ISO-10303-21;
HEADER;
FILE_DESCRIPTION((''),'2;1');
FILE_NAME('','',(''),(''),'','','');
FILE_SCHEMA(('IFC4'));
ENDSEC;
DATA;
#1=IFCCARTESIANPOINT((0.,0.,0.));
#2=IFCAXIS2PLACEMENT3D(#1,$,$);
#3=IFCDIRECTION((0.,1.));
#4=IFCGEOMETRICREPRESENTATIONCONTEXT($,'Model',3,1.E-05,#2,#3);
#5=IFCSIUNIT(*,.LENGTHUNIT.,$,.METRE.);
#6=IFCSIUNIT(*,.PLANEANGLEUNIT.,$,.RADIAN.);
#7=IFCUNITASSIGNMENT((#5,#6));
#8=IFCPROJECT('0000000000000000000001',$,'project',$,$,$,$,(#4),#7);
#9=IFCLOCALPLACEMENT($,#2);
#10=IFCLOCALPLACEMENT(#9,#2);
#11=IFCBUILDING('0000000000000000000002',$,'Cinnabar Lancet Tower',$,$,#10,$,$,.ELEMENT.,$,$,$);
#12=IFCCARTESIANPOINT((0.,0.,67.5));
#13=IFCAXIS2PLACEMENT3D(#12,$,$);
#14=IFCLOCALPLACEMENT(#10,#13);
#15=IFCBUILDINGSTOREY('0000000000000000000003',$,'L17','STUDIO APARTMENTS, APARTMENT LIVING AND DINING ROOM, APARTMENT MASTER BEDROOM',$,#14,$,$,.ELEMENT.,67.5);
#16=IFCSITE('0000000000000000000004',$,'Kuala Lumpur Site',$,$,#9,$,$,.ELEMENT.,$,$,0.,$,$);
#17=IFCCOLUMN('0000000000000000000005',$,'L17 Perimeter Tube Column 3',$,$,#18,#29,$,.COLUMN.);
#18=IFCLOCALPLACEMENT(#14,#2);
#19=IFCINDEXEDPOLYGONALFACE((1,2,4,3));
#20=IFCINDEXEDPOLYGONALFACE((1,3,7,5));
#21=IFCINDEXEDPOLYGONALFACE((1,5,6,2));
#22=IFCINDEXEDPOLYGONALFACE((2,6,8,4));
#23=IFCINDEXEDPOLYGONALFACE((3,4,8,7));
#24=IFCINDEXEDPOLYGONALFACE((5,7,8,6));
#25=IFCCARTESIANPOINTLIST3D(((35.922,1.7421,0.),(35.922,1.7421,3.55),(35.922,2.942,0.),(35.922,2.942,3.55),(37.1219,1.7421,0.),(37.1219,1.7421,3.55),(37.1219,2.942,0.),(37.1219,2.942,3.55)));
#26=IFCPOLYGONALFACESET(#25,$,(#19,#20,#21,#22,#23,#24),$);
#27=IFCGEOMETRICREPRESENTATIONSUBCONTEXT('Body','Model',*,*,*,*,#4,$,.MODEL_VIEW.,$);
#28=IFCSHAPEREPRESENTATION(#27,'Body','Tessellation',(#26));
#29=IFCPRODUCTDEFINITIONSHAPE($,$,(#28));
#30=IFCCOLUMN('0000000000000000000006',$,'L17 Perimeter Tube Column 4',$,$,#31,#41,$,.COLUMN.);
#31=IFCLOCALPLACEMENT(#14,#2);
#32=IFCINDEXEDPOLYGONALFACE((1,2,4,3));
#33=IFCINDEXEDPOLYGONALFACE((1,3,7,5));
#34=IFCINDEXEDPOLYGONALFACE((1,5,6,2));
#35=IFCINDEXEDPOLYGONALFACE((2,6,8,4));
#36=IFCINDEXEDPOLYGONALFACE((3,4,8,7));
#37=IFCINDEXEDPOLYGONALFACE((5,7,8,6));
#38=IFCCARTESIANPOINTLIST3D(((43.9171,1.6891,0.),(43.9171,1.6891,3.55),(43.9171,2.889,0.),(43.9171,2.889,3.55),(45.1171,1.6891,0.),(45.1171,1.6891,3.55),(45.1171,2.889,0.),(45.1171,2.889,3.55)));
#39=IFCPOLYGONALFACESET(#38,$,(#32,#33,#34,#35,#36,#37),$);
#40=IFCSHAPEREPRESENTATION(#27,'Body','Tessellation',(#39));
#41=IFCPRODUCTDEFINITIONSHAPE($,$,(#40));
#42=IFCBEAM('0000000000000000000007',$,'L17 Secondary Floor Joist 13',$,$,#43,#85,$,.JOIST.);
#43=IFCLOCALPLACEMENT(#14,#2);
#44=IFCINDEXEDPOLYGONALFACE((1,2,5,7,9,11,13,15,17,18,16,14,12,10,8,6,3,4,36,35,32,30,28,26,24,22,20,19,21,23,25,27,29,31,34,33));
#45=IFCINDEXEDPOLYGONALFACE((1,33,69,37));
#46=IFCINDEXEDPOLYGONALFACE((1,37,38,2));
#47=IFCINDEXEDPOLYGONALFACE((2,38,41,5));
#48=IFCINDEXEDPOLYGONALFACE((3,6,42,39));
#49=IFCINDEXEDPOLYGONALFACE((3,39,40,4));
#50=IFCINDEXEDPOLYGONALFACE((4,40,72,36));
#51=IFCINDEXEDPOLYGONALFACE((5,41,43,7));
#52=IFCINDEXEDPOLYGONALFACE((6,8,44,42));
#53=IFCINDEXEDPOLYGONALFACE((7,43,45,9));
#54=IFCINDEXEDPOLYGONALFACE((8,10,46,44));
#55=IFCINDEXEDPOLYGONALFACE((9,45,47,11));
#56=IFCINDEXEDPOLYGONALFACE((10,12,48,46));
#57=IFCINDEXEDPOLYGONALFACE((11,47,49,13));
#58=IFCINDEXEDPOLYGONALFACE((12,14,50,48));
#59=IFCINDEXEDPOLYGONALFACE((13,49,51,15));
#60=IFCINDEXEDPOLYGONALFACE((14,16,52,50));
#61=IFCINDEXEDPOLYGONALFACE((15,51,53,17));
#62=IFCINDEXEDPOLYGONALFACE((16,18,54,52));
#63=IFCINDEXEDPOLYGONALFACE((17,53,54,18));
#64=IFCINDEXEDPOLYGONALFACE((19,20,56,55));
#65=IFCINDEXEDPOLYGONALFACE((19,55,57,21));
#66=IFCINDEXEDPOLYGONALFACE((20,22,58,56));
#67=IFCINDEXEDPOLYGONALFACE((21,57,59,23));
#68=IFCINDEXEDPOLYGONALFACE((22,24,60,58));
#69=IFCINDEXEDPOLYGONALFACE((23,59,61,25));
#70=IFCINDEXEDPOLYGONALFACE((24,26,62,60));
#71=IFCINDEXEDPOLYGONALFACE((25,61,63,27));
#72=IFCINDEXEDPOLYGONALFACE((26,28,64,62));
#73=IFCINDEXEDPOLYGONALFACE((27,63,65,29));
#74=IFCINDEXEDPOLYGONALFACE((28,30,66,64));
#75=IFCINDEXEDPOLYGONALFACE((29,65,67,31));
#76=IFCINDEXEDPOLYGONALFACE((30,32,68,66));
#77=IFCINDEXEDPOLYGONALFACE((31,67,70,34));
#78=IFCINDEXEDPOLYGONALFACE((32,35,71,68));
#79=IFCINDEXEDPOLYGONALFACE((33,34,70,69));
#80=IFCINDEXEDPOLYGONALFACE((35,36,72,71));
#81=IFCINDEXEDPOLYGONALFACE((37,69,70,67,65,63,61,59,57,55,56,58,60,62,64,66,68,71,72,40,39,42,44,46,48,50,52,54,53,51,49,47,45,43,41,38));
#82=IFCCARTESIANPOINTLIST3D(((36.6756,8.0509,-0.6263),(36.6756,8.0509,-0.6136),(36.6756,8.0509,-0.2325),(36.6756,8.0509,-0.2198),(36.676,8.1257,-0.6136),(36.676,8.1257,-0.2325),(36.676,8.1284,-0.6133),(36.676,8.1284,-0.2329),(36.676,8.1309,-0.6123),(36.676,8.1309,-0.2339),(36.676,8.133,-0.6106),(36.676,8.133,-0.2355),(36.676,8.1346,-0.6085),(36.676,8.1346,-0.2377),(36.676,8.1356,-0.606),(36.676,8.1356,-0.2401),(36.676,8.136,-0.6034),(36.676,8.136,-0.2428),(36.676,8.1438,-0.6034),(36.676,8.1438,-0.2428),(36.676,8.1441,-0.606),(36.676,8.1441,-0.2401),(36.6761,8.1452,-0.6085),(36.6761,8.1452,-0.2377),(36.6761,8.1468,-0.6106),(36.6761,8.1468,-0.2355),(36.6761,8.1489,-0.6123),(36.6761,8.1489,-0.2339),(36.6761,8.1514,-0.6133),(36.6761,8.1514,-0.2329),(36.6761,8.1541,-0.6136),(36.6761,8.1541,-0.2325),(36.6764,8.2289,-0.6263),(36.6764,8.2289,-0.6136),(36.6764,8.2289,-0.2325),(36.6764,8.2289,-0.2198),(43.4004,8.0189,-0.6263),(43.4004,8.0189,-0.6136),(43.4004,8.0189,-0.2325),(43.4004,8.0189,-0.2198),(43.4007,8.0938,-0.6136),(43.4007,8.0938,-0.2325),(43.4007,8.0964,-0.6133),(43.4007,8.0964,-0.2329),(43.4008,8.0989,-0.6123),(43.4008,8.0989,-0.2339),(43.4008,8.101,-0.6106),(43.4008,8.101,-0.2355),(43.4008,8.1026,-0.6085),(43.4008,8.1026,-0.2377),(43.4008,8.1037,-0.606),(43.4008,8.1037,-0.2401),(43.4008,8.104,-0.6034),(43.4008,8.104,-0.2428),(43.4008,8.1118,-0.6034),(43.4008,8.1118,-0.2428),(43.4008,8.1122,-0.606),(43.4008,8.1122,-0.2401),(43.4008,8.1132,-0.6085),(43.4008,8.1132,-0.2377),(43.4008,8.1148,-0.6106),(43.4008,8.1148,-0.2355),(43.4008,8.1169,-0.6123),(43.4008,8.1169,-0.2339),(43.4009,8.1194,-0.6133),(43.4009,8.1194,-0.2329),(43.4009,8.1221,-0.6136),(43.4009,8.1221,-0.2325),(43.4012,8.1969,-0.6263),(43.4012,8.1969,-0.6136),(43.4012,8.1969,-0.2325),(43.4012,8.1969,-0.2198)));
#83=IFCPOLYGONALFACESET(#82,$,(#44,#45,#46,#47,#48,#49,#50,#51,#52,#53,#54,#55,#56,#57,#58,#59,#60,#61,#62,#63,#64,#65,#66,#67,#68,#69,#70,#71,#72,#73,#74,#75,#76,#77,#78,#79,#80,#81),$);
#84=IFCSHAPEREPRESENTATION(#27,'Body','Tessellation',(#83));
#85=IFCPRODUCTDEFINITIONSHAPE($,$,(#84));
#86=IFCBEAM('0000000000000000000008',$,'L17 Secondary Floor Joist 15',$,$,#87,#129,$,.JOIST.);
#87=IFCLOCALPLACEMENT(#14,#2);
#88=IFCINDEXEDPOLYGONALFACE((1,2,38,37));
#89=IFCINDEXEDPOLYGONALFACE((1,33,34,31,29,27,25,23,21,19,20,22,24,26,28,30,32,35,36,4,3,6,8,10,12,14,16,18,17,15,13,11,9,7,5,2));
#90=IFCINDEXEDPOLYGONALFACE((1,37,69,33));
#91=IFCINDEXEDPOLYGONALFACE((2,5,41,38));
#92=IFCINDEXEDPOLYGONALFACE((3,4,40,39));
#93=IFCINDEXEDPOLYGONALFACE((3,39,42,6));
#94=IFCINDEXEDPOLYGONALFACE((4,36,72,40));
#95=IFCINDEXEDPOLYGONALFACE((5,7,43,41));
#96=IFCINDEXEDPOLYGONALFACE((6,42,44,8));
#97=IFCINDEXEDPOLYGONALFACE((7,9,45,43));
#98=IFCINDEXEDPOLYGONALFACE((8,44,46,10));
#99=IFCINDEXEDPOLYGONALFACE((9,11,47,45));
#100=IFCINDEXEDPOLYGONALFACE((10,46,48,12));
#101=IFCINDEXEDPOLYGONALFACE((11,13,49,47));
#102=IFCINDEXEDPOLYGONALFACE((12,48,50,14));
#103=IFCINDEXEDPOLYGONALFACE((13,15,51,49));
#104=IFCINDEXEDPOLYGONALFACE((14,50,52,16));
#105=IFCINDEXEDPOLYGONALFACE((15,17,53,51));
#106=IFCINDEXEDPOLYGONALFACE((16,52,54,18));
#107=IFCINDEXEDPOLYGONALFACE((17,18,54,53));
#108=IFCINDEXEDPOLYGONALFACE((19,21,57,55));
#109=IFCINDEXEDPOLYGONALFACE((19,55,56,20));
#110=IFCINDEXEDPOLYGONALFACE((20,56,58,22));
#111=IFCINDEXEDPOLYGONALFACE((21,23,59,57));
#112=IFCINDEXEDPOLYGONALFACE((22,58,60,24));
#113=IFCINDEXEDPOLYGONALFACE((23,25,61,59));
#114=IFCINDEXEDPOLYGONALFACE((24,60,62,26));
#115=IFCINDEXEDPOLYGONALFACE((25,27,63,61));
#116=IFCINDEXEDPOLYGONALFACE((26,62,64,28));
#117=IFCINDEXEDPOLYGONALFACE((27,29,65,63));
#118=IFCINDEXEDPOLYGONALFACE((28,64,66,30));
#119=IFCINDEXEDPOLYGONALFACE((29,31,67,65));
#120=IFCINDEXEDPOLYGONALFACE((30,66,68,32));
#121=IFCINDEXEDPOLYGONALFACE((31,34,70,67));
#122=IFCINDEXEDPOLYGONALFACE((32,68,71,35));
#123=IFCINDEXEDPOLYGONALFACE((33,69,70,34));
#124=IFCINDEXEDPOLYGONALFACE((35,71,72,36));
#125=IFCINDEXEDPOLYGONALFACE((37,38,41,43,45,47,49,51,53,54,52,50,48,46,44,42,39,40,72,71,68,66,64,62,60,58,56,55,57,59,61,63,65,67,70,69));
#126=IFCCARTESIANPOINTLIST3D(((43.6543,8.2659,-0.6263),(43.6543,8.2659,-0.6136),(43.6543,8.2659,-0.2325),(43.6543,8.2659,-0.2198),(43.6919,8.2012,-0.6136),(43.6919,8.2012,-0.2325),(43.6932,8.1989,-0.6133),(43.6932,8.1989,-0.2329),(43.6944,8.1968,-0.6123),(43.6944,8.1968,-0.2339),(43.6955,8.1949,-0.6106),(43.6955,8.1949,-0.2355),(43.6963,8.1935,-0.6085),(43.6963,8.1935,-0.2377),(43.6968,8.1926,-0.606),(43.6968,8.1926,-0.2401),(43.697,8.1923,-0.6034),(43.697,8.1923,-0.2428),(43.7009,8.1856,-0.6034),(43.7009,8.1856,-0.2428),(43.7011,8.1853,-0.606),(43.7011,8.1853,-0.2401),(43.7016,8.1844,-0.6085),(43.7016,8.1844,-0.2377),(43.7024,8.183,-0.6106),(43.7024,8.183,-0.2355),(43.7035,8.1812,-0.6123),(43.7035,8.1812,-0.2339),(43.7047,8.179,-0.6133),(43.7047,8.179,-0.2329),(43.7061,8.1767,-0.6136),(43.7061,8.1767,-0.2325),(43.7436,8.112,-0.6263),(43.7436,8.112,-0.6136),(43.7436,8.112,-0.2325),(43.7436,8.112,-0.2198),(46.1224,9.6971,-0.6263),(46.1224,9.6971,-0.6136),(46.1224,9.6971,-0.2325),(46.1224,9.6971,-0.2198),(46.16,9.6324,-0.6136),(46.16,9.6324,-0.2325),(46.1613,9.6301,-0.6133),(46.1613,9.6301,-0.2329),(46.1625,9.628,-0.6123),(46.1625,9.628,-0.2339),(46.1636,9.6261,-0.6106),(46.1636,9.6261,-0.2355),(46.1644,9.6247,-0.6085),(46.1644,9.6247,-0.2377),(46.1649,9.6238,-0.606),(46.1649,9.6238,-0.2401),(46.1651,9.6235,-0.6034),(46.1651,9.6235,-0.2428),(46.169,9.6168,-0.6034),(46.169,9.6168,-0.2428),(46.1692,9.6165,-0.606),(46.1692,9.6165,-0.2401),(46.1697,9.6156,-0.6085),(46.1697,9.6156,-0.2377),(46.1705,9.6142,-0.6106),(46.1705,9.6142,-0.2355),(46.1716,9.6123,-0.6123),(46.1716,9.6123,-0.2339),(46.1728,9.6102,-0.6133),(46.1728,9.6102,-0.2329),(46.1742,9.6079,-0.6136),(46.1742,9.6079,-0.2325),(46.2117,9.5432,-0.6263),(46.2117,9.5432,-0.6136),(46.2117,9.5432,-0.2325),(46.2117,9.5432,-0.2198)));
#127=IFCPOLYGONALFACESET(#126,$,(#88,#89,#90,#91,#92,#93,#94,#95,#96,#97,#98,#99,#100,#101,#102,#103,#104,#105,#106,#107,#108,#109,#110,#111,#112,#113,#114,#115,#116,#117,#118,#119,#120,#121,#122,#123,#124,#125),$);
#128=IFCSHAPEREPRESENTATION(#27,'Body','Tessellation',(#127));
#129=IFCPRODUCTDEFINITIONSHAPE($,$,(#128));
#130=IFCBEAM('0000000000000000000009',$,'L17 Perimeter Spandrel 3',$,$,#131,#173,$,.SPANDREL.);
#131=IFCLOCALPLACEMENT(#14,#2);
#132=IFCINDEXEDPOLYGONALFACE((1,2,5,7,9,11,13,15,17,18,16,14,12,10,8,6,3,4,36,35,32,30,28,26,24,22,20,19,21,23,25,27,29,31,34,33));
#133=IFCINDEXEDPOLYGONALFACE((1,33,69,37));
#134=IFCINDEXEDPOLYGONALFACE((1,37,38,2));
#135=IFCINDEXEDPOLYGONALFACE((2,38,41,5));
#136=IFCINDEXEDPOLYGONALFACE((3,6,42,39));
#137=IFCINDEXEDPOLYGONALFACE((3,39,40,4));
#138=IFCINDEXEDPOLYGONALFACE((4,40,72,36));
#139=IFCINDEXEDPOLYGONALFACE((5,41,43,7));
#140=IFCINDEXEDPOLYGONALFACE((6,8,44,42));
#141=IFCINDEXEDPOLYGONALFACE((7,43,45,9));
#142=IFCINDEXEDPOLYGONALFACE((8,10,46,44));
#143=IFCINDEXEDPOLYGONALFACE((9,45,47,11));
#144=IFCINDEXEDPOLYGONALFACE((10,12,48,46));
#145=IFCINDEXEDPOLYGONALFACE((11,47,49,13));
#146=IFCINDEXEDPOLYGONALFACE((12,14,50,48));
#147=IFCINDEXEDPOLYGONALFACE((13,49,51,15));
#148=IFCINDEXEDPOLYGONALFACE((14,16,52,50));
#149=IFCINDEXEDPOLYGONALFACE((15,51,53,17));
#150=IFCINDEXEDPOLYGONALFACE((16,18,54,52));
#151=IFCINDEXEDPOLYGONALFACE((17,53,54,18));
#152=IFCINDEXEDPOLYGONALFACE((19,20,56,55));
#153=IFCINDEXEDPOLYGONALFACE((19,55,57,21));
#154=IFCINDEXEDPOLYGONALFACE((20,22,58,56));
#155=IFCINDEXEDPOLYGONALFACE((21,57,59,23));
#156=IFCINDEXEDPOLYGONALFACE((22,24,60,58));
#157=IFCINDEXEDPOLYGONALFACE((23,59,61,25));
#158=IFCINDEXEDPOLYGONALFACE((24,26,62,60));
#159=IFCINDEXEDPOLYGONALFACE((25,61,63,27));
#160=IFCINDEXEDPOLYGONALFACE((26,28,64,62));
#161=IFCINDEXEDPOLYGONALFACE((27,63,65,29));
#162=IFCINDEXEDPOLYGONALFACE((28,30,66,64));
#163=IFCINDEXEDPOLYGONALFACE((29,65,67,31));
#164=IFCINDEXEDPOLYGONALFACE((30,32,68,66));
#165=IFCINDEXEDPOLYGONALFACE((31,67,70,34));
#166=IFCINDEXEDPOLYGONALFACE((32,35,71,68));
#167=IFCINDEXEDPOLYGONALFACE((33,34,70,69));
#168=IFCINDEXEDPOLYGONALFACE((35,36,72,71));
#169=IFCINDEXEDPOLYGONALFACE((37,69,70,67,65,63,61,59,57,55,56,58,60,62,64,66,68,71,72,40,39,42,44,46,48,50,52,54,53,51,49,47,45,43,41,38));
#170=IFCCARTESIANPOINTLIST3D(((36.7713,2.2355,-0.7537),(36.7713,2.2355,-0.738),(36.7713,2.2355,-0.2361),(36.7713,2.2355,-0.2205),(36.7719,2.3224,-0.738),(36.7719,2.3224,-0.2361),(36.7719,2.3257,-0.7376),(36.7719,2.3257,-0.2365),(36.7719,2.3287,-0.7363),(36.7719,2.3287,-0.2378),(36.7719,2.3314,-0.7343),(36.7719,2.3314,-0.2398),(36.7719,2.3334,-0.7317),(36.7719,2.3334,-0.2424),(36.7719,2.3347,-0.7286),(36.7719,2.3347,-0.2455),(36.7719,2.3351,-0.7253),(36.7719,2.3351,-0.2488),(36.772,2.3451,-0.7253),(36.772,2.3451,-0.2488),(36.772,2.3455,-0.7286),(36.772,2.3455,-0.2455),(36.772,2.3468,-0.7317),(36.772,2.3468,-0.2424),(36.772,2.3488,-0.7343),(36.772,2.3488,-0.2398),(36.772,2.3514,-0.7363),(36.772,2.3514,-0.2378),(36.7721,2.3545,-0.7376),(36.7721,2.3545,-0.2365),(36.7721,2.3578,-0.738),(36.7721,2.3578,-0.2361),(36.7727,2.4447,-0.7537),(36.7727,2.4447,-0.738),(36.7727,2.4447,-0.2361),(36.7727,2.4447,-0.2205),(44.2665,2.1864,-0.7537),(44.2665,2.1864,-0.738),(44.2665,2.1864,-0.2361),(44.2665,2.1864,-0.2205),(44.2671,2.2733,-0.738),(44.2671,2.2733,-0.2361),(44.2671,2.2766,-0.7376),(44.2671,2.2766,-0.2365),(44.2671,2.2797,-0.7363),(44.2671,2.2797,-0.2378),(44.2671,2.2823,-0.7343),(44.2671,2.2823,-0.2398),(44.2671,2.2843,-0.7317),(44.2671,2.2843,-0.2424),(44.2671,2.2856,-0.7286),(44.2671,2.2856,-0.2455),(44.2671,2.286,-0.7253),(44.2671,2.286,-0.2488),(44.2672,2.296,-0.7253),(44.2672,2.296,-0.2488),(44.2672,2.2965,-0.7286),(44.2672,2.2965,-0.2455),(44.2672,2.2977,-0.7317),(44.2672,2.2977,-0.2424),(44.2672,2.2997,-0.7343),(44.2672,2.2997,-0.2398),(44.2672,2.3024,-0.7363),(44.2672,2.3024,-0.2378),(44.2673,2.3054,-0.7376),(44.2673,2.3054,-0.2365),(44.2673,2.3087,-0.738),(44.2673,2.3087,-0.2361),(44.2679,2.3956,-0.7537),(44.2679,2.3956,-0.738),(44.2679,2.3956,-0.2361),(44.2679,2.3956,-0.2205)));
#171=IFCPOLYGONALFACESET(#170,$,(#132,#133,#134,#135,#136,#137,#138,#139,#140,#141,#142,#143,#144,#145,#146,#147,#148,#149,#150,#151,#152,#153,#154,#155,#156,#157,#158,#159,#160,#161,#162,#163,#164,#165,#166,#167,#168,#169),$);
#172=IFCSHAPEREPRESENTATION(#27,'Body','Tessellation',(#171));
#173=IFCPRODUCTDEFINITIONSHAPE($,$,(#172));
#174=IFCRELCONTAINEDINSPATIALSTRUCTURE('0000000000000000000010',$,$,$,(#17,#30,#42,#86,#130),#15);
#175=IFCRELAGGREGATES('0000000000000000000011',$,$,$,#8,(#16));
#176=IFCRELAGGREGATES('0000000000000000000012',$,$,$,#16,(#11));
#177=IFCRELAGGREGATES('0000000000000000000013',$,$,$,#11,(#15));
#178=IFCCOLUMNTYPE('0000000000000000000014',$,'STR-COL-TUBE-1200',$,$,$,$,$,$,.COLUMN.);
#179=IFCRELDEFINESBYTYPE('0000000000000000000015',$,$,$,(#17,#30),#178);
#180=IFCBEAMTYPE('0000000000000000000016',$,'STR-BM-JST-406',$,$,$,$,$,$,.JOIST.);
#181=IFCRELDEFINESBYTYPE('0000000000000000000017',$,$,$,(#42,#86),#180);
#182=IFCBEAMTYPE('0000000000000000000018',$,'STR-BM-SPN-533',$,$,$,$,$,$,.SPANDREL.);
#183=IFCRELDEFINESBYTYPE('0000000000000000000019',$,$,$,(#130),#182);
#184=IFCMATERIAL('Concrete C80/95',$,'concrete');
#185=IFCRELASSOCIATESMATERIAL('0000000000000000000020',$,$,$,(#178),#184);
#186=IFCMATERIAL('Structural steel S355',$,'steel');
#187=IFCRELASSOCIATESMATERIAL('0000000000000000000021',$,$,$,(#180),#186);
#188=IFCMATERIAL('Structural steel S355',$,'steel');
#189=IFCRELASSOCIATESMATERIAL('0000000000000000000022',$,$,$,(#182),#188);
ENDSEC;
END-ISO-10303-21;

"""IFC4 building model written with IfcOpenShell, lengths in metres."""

from ifc_helpers import new_model, si_unit, direction, frame, origin, origin_2d, place, context, subcontext, project, spatial, rectangle, i_section, extrude, material, material_profile, profile_set, type_object, element, save


model = new_model("IFC4")

# Units and contexts
model_context = context("Model", 3, precision=1e-05, world=origin(), true_north=direction((0.0, 1.0)))
body_context = subcontext(model_context, "Body", "Model", "MODEL_VIEW")
ifc_project = project(units=[si_unit("LENGTHUNIT", "METRE"), si_unit("PLANEANGLEUNIT", "RADIAN")], contexts=[model_context])

# Site, building, storey
site_placement = place(None, origin())
site = spatial("IfcSite", under=ifc_project, at=site_placement, Name="Kuala Lumpur Site", CompositionType="ELEMENT", RefElevation=0.0)
building_placement = place(site_placement, origin())
building = spatial("IfcBuilding", under=site, at=building_placement, Name="Cinnabar Lancet Tower", CompositionType="ELEMENT")
storey_placement = place(building_placement, frame((0.0, 0.0, 67.5)))
storey = spatial("IfcBuildingStorey", under=building, at=storey_placement, Name="L17", Description="STUDIO APARTMENTS, APARTMENT LIVING AND DINING ROOM, APARTMENT MASTER BEDROOM", CompositionType="ELEMENT", Elevation=67.5)

# Columns
ifc_material_1 = material(Name="Concrete C80/95", Category="concrete")
ifc_material_profile_1 = material_profile(ifc_material_1, rectangle(XDim=1.2, YDim=1.2, at=origin_2d()), Name="RC-COL 1200x1200")
ifc_profile_set_1 = profile_set([ifc_material_profile_1], Name="Concrete C80/95")
column_type = type_object("IfcColumnType", Name="STR-COL-TUBE-1200", PredefinedType="COLUMN", material=ifc_profile_set_1)
for number, where, z_axis, x_axis, name in (
    (1, (36.522, 2.342, 0.0), (0.0, 0.0, 1.0), (1.0, 0.0, 0.0), "L17 Perimeter Tube Column 3"),
    (2, (44.5171, 2.2891, 0.0), (0.0, 0.0, 1.0), (1.0, 0.0, 0.0), "L17 Perimeter Tube Column 4"),
):
    element("IfcColumn", number, at=place(storey_placement, frame(where, z_axis=z_axis, x_axis=x_axis)), inside=storey, type_object=column_type, Name=name, PredefinedType="COLUMN", context=body_context, shape_type="SweptSolid", body=[
        extrude(rectangle(XDim=1.2, YDim=1.2, at=origin_2d()), origin(), (0.0, 0.0, 1.0), 3.55),
    ])

# Beams
ifc_material_2 = material(Name="Structural steel S355", Category="steel")
ifc_material_profile_2 = material_profile(ifc_material_2, i_section(OverallWidth=0.178, OverallDepth=0.4065, WebThickness=0.0078, FlangeThickness=0.0127, FilletRadius=0.0103, at=origin_2d()), Name="UKB 406x178x60")
ifc_profile_set_2 = profile_set([ifc_material_profile_2], Name="Structural steel S355")
beam_type_1 = type_object("IfcBeamType", Name="STR-BM-JST-406", PredefinedType="JOIST", material=ifc_profile_set_2)
beam_1_placement = place(storey_placement, frame((36.676, 8.1399, -0.4231), z_axis=(0.999989, -0.004756, 0.0), x_axis=(0.004756, 0.999989, 0.0)))
element("IfcBeam", 3, at=beam_1_placement, inside=storey, type_object=beam_type_1, Name="L17 Secondary Floor Joist 13", PredefinedType="JOIST", context=body_context, shape_type="SweptSolid", body=[
    extrude(i_section(OverallWidth=0.178, OverallDepth=0.4065, WebThickness=0.0078, FlangeThickness=0.0127, FilletRadius=0.0103, at=origin_2d()), origin(), (0.0, 0.0, 1.0), 6.7249),
])
beam_2_placement = place(storey_placement, frame((43.699, 8.189, -0.4231), z_axis=(0.865076, 0.50164, 0.0), x_axis=(-0.50164, 0.865076, 0.0)))
element("IfcBeam", 4, at=beam_2_placement, inside=storey, type_object=beam_type_1, Name="L17 Secondary Floor Joist 15", PredefinedType="JOIST", context=body_context, shape_type="SweptSolid", body=[
    extrude(i_section(OverallWidth=0.178, OverallDepth=0.4065, WebThickness=0.0078, FlangeThickness=0.0127, FilletRadius=0.0103, at=origin_2d()), origin(), (0.0, 0.0, 1.0), 2.853),
])
ifc_material_3 = material(Name="Structural steel S355", Category="steel")
ifc_material_profile_3 = material_profile(ifc_material_3, i_section(OverallWidth=0.2092, OverallDepth=0.5332, WebThickness=0.01, FlangeThickness=0.0156, FilletRadius=0.0127, at=origin_2d()), Name="UKB 533x210x92")
ifc_profile_set_3 = profile_set([ifc_material_profile_3], Name="Structural steel S355")
beam_type_2 = type_object("IfcBeamType", Name="STR-BM-SPN-533", PredefinedType="SPANDREL", material=ifc_profile_set_3)
beam_3_placement = place(storey_placement, frame((36.772, 2.3401, -0.4871), z_axis=(0.999979, -0.006547, 0.0), x_axis=(0.006547, 0.999979, 0.0)))
element("IfcBeam", 5, at=beam_3_placement, inside=storey, type_object=beam_type_2, Name="L17 Perimeter Spandrel 3", PredefinedType="SPANDREL", context=body_context, shape_type="SweptSolid", body=[
    extrude(i_section(OverallWidth=0.2092, OverallDepth=0.5332, WebThickness=0.01, FlangeThickness=0.0156, FilletRadius=0.0127, at=origin_2d()), origin(), (0.0, 0.0, 1.0), 7.4954),
])

save(model, "model.ifc")
